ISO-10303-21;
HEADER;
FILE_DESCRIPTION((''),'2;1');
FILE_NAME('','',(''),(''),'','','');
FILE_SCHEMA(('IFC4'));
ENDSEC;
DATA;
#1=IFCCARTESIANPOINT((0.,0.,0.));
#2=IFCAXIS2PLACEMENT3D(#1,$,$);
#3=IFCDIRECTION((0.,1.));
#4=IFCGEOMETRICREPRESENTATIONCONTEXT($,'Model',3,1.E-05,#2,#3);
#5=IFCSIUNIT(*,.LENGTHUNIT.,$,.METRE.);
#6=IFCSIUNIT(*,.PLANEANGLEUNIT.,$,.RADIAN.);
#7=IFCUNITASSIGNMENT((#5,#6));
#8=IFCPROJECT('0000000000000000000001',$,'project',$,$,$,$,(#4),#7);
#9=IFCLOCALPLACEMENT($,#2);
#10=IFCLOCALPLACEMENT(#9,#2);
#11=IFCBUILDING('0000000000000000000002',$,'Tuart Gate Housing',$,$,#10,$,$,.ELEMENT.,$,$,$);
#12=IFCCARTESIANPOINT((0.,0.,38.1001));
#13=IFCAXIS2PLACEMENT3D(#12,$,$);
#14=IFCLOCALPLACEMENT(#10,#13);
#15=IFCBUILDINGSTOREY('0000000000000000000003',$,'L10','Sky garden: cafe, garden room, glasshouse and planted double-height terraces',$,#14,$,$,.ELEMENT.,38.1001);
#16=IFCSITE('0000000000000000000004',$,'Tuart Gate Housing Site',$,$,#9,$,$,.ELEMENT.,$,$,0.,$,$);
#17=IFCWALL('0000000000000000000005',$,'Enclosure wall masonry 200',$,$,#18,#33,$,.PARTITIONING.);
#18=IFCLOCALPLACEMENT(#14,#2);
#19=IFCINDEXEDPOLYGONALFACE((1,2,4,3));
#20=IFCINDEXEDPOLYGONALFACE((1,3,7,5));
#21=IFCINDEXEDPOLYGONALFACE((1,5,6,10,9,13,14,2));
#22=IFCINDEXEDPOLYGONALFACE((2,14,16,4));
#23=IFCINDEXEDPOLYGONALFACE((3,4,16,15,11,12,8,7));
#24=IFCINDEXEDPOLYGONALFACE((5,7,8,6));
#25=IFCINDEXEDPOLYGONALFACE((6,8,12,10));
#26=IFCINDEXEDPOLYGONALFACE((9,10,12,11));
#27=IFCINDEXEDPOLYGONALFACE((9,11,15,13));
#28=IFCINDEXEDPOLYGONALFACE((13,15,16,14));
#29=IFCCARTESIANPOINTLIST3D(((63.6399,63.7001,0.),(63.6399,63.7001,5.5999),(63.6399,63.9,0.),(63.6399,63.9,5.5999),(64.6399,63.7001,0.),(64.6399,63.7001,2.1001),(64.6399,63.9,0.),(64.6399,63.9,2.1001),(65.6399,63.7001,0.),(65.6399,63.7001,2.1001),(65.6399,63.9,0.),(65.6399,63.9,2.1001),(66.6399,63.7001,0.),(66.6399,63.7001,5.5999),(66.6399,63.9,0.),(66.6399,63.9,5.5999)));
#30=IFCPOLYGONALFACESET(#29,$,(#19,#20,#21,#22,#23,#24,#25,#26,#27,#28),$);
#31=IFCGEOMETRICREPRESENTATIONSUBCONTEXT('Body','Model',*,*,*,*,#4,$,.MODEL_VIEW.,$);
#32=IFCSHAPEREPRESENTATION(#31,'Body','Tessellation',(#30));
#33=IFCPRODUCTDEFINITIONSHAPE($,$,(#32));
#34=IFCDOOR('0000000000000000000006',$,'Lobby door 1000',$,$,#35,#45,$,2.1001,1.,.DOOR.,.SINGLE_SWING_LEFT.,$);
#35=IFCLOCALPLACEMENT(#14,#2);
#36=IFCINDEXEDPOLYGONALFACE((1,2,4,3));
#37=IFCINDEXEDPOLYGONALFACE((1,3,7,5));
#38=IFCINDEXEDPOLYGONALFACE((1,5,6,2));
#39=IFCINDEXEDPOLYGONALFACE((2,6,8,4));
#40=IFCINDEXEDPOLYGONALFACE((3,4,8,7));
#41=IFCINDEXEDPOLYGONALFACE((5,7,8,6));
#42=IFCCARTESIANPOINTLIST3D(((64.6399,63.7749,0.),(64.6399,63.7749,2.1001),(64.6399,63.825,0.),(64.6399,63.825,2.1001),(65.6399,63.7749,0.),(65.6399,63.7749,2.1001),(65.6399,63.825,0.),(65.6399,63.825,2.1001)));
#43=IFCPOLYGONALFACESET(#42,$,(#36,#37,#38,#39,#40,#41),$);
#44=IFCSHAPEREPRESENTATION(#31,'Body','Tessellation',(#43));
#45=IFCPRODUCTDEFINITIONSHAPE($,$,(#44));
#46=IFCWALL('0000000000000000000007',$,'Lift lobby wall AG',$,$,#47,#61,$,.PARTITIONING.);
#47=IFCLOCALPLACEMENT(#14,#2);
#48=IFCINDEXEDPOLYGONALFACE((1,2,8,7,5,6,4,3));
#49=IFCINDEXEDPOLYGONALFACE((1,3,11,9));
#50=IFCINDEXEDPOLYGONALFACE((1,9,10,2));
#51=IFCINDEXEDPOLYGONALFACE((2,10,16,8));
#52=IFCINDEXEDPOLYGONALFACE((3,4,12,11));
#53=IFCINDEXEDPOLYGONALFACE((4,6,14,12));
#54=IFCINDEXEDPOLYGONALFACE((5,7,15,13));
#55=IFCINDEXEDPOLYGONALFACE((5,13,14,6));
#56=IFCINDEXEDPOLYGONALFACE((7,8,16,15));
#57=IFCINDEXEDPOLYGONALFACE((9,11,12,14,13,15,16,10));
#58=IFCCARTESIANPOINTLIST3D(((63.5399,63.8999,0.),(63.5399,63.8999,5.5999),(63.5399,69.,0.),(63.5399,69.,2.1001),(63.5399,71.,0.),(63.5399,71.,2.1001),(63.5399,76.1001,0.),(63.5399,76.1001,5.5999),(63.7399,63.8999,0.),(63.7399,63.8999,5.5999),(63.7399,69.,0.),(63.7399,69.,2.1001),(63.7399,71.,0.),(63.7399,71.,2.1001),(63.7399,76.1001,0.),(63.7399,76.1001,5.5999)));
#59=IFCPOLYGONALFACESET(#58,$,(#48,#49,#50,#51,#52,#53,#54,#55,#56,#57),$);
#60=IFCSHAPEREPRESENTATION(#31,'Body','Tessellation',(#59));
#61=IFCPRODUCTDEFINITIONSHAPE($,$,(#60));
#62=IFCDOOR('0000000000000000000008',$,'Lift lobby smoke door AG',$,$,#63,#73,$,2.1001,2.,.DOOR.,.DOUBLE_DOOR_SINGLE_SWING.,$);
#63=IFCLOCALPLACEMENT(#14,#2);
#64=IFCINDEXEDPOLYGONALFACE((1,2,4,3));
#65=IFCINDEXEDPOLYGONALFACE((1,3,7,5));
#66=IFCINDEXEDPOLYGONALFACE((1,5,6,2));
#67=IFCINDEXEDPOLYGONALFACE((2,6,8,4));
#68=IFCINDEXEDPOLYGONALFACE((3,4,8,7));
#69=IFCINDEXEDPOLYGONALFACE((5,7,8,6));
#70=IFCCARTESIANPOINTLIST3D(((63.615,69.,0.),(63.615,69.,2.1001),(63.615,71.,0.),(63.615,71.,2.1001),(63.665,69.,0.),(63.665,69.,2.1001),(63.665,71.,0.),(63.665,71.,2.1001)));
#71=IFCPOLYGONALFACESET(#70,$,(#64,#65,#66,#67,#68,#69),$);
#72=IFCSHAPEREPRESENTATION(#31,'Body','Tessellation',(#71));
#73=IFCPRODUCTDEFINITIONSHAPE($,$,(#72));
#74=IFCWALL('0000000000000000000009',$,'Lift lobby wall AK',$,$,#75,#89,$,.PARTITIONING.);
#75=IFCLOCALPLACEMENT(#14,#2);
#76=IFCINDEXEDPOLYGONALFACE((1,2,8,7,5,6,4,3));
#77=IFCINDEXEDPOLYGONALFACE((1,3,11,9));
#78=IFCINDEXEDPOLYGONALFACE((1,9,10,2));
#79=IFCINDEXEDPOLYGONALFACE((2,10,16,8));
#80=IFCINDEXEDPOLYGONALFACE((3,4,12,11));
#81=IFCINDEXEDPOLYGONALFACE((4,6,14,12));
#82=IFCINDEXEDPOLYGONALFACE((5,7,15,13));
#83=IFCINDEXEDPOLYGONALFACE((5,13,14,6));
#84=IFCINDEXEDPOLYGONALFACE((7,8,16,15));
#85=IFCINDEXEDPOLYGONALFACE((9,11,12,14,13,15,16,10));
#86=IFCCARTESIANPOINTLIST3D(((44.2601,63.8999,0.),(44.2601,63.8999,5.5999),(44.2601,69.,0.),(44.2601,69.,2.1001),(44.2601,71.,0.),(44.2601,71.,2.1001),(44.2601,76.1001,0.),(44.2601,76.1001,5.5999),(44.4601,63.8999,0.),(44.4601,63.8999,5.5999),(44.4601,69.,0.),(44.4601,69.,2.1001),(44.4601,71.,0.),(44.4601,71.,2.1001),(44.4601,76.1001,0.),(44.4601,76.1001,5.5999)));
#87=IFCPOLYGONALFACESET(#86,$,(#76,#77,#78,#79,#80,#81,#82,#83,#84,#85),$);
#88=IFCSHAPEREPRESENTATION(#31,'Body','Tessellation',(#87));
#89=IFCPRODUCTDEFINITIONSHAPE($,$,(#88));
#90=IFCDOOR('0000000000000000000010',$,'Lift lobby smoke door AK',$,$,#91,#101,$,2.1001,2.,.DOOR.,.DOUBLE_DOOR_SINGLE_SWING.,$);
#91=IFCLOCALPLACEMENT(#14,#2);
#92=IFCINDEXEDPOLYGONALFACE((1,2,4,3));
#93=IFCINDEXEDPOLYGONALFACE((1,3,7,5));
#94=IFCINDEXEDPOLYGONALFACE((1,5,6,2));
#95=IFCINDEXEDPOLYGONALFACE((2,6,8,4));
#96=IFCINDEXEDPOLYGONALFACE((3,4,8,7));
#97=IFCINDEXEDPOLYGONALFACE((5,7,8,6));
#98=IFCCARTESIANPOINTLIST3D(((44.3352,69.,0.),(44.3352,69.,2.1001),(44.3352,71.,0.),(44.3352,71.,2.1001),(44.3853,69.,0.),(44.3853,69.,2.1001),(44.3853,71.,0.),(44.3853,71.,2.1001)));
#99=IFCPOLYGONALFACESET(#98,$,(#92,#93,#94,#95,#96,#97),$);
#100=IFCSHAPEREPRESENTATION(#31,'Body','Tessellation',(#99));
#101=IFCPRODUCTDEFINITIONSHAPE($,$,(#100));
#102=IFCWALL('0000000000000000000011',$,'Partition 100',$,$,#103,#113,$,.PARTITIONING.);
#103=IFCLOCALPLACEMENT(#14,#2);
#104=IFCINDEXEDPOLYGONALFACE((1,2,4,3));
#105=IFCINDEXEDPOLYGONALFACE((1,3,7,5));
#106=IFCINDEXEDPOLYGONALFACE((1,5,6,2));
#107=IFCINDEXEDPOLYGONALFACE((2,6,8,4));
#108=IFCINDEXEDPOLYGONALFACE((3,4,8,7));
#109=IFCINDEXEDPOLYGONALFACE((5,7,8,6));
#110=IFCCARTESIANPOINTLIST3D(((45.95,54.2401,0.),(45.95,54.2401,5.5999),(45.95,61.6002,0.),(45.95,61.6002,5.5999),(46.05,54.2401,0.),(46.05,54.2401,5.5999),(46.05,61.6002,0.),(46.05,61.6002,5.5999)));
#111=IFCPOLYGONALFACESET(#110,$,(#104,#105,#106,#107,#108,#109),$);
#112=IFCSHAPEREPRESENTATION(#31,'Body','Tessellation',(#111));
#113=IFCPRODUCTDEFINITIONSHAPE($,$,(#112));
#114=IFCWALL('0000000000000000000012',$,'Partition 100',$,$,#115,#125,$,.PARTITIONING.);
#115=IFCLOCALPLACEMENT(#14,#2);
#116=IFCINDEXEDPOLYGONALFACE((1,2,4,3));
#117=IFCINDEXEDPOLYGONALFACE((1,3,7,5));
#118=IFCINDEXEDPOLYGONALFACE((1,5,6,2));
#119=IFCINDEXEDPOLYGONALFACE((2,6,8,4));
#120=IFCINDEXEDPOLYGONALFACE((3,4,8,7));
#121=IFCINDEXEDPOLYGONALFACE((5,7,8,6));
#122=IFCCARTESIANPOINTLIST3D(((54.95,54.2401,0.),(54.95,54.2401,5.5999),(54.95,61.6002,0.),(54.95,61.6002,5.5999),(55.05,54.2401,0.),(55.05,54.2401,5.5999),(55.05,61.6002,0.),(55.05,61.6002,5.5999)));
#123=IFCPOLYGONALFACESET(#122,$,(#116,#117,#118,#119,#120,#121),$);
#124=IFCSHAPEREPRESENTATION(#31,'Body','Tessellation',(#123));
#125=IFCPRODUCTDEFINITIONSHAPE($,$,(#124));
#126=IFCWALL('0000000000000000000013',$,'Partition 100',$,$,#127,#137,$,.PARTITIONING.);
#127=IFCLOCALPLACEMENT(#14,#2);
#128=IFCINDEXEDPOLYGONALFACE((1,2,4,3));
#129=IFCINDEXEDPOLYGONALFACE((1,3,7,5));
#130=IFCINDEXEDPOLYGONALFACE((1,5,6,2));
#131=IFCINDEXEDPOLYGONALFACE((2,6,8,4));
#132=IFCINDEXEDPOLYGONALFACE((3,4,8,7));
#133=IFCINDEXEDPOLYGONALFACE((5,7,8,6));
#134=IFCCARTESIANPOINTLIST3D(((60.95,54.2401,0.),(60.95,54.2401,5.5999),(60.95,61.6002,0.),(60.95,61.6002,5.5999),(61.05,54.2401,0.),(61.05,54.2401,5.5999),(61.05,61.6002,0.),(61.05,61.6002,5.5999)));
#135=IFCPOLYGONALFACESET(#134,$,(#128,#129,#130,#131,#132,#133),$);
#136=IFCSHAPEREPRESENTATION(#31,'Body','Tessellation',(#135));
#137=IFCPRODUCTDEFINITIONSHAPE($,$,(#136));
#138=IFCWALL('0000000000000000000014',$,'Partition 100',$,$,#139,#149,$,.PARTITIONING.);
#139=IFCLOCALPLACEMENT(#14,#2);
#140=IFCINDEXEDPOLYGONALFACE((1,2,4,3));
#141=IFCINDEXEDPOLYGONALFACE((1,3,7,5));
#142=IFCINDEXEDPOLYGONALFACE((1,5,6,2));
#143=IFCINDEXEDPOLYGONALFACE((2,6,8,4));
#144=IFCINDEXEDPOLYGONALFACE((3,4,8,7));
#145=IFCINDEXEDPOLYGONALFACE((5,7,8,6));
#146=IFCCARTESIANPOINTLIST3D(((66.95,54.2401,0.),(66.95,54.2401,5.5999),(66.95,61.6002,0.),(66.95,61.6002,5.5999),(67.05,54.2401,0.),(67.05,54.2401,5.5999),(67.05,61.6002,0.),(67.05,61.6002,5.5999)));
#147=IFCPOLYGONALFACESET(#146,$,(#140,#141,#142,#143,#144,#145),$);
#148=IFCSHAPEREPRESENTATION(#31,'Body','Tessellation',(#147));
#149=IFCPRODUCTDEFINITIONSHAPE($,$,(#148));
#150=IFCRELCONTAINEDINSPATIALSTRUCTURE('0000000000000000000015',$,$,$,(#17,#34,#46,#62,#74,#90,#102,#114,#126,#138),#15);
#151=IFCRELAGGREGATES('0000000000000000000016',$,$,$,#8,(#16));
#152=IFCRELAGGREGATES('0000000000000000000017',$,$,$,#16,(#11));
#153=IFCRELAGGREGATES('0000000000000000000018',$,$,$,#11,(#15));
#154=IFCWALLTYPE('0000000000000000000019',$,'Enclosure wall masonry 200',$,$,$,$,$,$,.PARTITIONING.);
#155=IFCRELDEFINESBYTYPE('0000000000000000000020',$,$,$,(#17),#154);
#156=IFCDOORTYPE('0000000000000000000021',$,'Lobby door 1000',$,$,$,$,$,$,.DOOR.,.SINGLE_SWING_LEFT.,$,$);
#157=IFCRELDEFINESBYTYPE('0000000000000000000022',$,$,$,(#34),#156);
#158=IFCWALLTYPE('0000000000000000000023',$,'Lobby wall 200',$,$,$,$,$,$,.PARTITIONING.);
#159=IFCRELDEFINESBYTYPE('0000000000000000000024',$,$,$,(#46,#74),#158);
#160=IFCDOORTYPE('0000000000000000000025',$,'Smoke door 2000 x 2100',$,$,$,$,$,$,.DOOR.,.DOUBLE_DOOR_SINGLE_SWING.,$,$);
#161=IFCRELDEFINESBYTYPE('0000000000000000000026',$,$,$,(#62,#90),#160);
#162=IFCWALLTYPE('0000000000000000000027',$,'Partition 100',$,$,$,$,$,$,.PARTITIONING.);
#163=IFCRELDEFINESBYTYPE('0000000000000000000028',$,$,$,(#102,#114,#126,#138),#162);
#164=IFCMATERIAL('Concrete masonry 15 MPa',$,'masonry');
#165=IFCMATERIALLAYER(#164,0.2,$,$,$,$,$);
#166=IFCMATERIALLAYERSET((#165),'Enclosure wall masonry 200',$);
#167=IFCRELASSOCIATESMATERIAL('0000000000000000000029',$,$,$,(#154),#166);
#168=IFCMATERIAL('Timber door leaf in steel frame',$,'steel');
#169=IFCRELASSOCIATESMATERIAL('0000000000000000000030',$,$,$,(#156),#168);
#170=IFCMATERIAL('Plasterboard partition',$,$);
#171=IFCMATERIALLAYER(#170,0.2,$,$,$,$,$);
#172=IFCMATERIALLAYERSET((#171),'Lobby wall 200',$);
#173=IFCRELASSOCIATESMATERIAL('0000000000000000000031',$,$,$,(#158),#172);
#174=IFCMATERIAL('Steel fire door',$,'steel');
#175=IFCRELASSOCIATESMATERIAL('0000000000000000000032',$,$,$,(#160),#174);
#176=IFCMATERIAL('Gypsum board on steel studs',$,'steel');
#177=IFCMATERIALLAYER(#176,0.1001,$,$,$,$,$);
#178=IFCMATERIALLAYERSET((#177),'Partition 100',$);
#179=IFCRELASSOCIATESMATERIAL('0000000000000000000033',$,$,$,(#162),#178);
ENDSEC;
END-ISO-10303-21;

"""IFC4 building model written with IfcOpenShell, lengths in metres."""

from ifc_helpers import new_model, si_unit, direction, frame, frame_2d, origin, place, context, subcontext, project, spatial, rectangle, extrude, material, layer, layer_set, type_object, element, fill, save


model = new_model("IFC4")

# Units and contexts
model_context = context("Model", 3, precision=1e-05, world=origin(), true_north=direction((0.0, 1.0)))
body_context = subcontext(model_context, "Body", "Model", "MODEL_VIEW")
ifc_project = project(units=[si_unit("LENGTHUNIT", "METRE"), si_unit("PLANEANGLEUNIT", "RADIAN")], contexts=[model_context])

# Site, building, storey
site_placement = place(None, origin())
site = spatial("IfcSite", under=ifc_project, at=site_placement, Name="Tuart Gate Housing Site", CompositionType="ELEMENT", RefElevation=0.0)
building_placement = place(site_placement, origin())
building = spatial("IfcBuilding", under=site, at=building_placement, Name="Tuart Gate Housing", CompositionType="ELEMENT")
storey_placement = place(building_placement, frame((0.0, 0.0, 38.1001)))
storey = spatial("IfcBuildingStorey", under=building, at=storey_placement, Name="L10", Description="Sky garden: cafe, garden room, glasshouse and planted double-height terraces", CompositionType="ELEMENT", Elevation=38.1001)

# Walls, openings, doors
ifc_material_1 = material(Name="Concrete masonry 15 MPa", Category="masonry")
ifc_layer_1 = layer(ifc_material_1, 0.2)
ifc_layer_set_1 = layer_set([ifc_layer_1], Name="Enclosure wall masonry 200")
wall_type_1 = type_object("IfcWallType", Name="Enclosure wall masonry 200", PredefinedType="PARTITIONING", material=ifc_layer_set_1)
wall_1_placement = place(storey_placement, frame((63.6399, 63.8, 0.0), z_axis=(0.0, 0.0, 1.0), x_axis=(1.0, 0.0, 0.0)))
wall_1 = element("IfcWall", 1, at=wall_1_placement, inside=storey, type_object=wall_type_1, Name="Enclosure wall masonry 200", PredefinedType="PARTITIONING", context=body_context, shape_type="SweptSolid", body=[
    extrude(rectangle(XDim=3.0, YDim=0.2, at=frame_2d((1.5, 0.0))), origin(), (0.0, 0.0, 1.0), 5.5999),
])
opening_1_placement = place(wall_1_placement, frame((1.0, 0.0, 0.0)))
opening_1 = element("IfcOpeningElement", 2, at=opening_1_placement, cuts=wall_1, PredefinedType="OPENING", context=body_context, shape_type="SweptSolid", body=[
    extrude(rectangle(XDim=1.0, YDim=2.1001, at=frame_2d((0.5, 1.05))), frame((0.0, 0.1099, 0.0), z_axis=(0.0, -1.0, 0.0), x_axis=(1.0, 0.0, 0.0)), (0.0, 0.0, 1.0), 0.22),
])
ifc_material_2 = material(Name="Timber door leaf in steel frame", Category="steel")
door_type_1 = type_object("IfcDoorType", Name="Lobby door 1000", OperationType="SINGLE_SWING_LEFT", PredefinedType="DOOR", material=ifc_material_2)
door_1_placement = place(opening_1_placement, origin())
door_1 = element("IfcDoor", 3, at=door_1_placement, inside=storey, type_object=door_type_1, Name="Lobby door 1000", OperationType="SINGLE_SWING_LEFT", OverallHeight=2.1001, OverallWidth=1.0, PredefinedType="DOOR", context=body_context, shape_type="SweptSolid", body=[
    extrude(rectangle(XDim=1.0, YDim=2.1001, at=frame_2d((0.5, 1.05))), frame((0.0, 0.0249, 0.0), z_axis=(0.0, -1.0, 0.0), x_axis=(1.0, 0.0, 0.0)), (0.0, 0.0, 1.0), 0.05),
])
fill(opening_1, door_1)
ifc_material_3 = material(Name="Plasterboard partition")
ifc_layer_2 = layer(ifc_material_3, 0.2)
ifc_layer_set_2 = layer_set([ifc_layer_2], Name="Lobby wall 200")
wall_type_2 = type_object("IfcWallType", Name="Lobby wall 200", PredefinedType="PARTITIONING", material=ifc_layer_set_2)
wall_2_placement = place(storey_placement, frame((63.6399, 63.8999, 0.0), z_axis=(0.0, 0.0, 1.0), x_axis=(0.0, 1.0, 0.0)))
wall_2 = element("IfcWall", 4, at=wall_2_placement, inside=storey, type_object=wall_type_2, Name="Lift lobby wall AG", PredefinedType="PARTITIONING", context=body_context, shape_type="SweptSolid", body=[
    extrude(rectangle(XDim=12.2002, YDim=0.2, at=frame_2d((6.1001, 0.0))), origin(), (0.0, 0.0, 1.0), 5.5999),
])
opening_2_placement = place(wall_2_placement, frame((5.1001, 0.0, 0.0)))
opening_2 = element("IfcOpeningElement", 5, at=opening_2_placement, cuts=wall_2, PredefinedType="OPENING", context=body_context, shape_type="SweptSolid", body=[
    extrude(rectangle(XDim=2.0, YDim=2.1001, at=frame_2d((1.0, 1.05))), frame((0.0, 0.1099, 0.0), z_axis=(0.0, -1.0, 0.0), x_axis=(1.0, 0.0, 0.0)), (0.0, 0.0, 1.0), 0.22),
])
ifc_material_4 = material(Name="Steel fire door", Category="steel")
door_type_2 = type_object("IfcDoorType", Name="Smoke door 2000 x 2100", OperationType="DOUBLE_DOOR_SINGLE_SWING", PredefinedType="DOOR", material=ifc_material_4)
door_2_placement = place(opening_2_placement, origin())
door_2 = element("IfcDoor", 6, at=door_2_placement, inside=storey, type_object=door_type_2, Name="Lift lobby smoke door AG", OperationType="DOUBLE_DOOR_SINGLE_SWING", OverallHeight=2.1001, OverallWidth=2.0, PredefinedType="DOOR", context=body_context, shape_type="SweptSolid", body=[
    extrude(rectangle(XDim=2.0, YDim=2.1001, at=frame_2d((1.0, 1.05))), frame((0.0, 0.0249, 0.0), z_axis=(0.0, -1.0, 0.0), x_axis=(1.0, 0.0, 0.0)), (0.0, 0.0, 1.0), 0.05),
])
fill(opening_2, door_2)
wall_3_placement = place(storey_placement, frame((44.3601, 63.8999, 0.0), z_axis=(0.0, 0.0, 1.0), x_axis=(0.0, 1.0, 0.0)))
wall_3 = element("IfcWall", 7, at=wall_3_placement, inside=storey, type_object=wall_type_2, Name="Lift lobby wall AK", PredefinedType="PARTITIONING", context=body_context, shape_type="SweptSolid", body=[
    extrude(rectangle(XDim=12.2002, YDim=0.2, at=frame_2d((6.1001, 0.0))), origin(), (0.0, 0.0, 1.0), 5.5999),
])
opening_3_placement = place(wall_3_placement, frame((5.1001, 0.0, 0.0)))
opening_3 = element("IfcOpeningElement", 8, at=opening_3_placement, cuts=wall_3, PredefinedType="OPENING", context=body_context, shape_type="SweptSolid", body=[
    extrude(rectangle(XDim=2.0, YDim=2.1001, at=frame_2d((1.0, 1.05))), frame((0.0, 0.1099, 0.0), z_axis=(0.0, -1.0, 0.0), x_axis=(1.0, 0.0, 0.0)), (0.0, 0.0, 1.0), 0.22),
])
door_3_placement = place(opening_3_placement, frame((2.0, 0.0, 0.0), z_axis=(0.0, 0.0, 1.0), x_axis=(-1.0, 0.0, 0.0)))
door_3 = element("IfcDoor", 9, at=door_3_placement, inside=storey, type_object=door_type_2, Name="Lift lobby smoke door AK", OperationType="DOUBLE_DOOR_SINGLE_SWING", OverallHeight=2.1001, OverallWidth=2.0, PredefinedType="DOOR", context=body_context, shape_type="SweptSolid", body=[
    extrude(rectangle(XDim=2.0, YDim=2.1001, at=frame_2d((1.0, 1.05))), frame((0.0, 0.0251, 0.0), z_axis=(0.0, -1.0, 0.0), x_axis=(1.0, 0.0, 0.0)), (0.0, 0.0, 1.0), 0.05),
])
fill(opening_3, door_3)

# Walls
ifc_material_5 = material(Name="Gypsum board on steel studs", Category="steel")
ifc_layer_3 = layer(ifc_material_5, 0.1001)
ifc_layer_set_3 = layer_set([ifc_layer_3], Name="Partition 100")
wall_type_3 = type_object("IfcWallType", Name="Partition 100", PredefinedType="PARTITIONING", material=ifc_layer_set_3)
for number, where, z_axis, x_axis, name in (
    (10, (46.0, 54.24, 0.0), (0.0, 0.0, 1.0), (0.0, 1.0, 0.0), "Partition 100"),
    (11, (55.0, 54.24, 0.0), (0.0, 0.0, 1.0), (0.0, 1.0, 0.0), "Partition 100"),
    (12, (61.0, 54.24, 0.0), (0.0, 0.0, 1.0), (0.0, 1.0, 0.0), "Partition 100"),
    (13, (67.0, 54.24, 0.0), (0.0, 0.0, 1.0), (0.0, 1.0, 0.0), "Partition 100"),
):
    element("IfcWall", number, at=place(storey_placement, frame(where, z_axis=z_axis, x_axis=x_axis)), inside=storey, type_object=wall_type_3, Name=name, PredefinedType="PARTITIONING", context=body_context, shape_type="SweptSolid", body=[
        extrude(rectangle(XDim=7.3601, YDim=0.1001, at=frame_2d((3.6802, 0.0))), origin(), (0.0, 0.0, 1.0), 5.5999),
    ])

save(model, "model.ifc")
